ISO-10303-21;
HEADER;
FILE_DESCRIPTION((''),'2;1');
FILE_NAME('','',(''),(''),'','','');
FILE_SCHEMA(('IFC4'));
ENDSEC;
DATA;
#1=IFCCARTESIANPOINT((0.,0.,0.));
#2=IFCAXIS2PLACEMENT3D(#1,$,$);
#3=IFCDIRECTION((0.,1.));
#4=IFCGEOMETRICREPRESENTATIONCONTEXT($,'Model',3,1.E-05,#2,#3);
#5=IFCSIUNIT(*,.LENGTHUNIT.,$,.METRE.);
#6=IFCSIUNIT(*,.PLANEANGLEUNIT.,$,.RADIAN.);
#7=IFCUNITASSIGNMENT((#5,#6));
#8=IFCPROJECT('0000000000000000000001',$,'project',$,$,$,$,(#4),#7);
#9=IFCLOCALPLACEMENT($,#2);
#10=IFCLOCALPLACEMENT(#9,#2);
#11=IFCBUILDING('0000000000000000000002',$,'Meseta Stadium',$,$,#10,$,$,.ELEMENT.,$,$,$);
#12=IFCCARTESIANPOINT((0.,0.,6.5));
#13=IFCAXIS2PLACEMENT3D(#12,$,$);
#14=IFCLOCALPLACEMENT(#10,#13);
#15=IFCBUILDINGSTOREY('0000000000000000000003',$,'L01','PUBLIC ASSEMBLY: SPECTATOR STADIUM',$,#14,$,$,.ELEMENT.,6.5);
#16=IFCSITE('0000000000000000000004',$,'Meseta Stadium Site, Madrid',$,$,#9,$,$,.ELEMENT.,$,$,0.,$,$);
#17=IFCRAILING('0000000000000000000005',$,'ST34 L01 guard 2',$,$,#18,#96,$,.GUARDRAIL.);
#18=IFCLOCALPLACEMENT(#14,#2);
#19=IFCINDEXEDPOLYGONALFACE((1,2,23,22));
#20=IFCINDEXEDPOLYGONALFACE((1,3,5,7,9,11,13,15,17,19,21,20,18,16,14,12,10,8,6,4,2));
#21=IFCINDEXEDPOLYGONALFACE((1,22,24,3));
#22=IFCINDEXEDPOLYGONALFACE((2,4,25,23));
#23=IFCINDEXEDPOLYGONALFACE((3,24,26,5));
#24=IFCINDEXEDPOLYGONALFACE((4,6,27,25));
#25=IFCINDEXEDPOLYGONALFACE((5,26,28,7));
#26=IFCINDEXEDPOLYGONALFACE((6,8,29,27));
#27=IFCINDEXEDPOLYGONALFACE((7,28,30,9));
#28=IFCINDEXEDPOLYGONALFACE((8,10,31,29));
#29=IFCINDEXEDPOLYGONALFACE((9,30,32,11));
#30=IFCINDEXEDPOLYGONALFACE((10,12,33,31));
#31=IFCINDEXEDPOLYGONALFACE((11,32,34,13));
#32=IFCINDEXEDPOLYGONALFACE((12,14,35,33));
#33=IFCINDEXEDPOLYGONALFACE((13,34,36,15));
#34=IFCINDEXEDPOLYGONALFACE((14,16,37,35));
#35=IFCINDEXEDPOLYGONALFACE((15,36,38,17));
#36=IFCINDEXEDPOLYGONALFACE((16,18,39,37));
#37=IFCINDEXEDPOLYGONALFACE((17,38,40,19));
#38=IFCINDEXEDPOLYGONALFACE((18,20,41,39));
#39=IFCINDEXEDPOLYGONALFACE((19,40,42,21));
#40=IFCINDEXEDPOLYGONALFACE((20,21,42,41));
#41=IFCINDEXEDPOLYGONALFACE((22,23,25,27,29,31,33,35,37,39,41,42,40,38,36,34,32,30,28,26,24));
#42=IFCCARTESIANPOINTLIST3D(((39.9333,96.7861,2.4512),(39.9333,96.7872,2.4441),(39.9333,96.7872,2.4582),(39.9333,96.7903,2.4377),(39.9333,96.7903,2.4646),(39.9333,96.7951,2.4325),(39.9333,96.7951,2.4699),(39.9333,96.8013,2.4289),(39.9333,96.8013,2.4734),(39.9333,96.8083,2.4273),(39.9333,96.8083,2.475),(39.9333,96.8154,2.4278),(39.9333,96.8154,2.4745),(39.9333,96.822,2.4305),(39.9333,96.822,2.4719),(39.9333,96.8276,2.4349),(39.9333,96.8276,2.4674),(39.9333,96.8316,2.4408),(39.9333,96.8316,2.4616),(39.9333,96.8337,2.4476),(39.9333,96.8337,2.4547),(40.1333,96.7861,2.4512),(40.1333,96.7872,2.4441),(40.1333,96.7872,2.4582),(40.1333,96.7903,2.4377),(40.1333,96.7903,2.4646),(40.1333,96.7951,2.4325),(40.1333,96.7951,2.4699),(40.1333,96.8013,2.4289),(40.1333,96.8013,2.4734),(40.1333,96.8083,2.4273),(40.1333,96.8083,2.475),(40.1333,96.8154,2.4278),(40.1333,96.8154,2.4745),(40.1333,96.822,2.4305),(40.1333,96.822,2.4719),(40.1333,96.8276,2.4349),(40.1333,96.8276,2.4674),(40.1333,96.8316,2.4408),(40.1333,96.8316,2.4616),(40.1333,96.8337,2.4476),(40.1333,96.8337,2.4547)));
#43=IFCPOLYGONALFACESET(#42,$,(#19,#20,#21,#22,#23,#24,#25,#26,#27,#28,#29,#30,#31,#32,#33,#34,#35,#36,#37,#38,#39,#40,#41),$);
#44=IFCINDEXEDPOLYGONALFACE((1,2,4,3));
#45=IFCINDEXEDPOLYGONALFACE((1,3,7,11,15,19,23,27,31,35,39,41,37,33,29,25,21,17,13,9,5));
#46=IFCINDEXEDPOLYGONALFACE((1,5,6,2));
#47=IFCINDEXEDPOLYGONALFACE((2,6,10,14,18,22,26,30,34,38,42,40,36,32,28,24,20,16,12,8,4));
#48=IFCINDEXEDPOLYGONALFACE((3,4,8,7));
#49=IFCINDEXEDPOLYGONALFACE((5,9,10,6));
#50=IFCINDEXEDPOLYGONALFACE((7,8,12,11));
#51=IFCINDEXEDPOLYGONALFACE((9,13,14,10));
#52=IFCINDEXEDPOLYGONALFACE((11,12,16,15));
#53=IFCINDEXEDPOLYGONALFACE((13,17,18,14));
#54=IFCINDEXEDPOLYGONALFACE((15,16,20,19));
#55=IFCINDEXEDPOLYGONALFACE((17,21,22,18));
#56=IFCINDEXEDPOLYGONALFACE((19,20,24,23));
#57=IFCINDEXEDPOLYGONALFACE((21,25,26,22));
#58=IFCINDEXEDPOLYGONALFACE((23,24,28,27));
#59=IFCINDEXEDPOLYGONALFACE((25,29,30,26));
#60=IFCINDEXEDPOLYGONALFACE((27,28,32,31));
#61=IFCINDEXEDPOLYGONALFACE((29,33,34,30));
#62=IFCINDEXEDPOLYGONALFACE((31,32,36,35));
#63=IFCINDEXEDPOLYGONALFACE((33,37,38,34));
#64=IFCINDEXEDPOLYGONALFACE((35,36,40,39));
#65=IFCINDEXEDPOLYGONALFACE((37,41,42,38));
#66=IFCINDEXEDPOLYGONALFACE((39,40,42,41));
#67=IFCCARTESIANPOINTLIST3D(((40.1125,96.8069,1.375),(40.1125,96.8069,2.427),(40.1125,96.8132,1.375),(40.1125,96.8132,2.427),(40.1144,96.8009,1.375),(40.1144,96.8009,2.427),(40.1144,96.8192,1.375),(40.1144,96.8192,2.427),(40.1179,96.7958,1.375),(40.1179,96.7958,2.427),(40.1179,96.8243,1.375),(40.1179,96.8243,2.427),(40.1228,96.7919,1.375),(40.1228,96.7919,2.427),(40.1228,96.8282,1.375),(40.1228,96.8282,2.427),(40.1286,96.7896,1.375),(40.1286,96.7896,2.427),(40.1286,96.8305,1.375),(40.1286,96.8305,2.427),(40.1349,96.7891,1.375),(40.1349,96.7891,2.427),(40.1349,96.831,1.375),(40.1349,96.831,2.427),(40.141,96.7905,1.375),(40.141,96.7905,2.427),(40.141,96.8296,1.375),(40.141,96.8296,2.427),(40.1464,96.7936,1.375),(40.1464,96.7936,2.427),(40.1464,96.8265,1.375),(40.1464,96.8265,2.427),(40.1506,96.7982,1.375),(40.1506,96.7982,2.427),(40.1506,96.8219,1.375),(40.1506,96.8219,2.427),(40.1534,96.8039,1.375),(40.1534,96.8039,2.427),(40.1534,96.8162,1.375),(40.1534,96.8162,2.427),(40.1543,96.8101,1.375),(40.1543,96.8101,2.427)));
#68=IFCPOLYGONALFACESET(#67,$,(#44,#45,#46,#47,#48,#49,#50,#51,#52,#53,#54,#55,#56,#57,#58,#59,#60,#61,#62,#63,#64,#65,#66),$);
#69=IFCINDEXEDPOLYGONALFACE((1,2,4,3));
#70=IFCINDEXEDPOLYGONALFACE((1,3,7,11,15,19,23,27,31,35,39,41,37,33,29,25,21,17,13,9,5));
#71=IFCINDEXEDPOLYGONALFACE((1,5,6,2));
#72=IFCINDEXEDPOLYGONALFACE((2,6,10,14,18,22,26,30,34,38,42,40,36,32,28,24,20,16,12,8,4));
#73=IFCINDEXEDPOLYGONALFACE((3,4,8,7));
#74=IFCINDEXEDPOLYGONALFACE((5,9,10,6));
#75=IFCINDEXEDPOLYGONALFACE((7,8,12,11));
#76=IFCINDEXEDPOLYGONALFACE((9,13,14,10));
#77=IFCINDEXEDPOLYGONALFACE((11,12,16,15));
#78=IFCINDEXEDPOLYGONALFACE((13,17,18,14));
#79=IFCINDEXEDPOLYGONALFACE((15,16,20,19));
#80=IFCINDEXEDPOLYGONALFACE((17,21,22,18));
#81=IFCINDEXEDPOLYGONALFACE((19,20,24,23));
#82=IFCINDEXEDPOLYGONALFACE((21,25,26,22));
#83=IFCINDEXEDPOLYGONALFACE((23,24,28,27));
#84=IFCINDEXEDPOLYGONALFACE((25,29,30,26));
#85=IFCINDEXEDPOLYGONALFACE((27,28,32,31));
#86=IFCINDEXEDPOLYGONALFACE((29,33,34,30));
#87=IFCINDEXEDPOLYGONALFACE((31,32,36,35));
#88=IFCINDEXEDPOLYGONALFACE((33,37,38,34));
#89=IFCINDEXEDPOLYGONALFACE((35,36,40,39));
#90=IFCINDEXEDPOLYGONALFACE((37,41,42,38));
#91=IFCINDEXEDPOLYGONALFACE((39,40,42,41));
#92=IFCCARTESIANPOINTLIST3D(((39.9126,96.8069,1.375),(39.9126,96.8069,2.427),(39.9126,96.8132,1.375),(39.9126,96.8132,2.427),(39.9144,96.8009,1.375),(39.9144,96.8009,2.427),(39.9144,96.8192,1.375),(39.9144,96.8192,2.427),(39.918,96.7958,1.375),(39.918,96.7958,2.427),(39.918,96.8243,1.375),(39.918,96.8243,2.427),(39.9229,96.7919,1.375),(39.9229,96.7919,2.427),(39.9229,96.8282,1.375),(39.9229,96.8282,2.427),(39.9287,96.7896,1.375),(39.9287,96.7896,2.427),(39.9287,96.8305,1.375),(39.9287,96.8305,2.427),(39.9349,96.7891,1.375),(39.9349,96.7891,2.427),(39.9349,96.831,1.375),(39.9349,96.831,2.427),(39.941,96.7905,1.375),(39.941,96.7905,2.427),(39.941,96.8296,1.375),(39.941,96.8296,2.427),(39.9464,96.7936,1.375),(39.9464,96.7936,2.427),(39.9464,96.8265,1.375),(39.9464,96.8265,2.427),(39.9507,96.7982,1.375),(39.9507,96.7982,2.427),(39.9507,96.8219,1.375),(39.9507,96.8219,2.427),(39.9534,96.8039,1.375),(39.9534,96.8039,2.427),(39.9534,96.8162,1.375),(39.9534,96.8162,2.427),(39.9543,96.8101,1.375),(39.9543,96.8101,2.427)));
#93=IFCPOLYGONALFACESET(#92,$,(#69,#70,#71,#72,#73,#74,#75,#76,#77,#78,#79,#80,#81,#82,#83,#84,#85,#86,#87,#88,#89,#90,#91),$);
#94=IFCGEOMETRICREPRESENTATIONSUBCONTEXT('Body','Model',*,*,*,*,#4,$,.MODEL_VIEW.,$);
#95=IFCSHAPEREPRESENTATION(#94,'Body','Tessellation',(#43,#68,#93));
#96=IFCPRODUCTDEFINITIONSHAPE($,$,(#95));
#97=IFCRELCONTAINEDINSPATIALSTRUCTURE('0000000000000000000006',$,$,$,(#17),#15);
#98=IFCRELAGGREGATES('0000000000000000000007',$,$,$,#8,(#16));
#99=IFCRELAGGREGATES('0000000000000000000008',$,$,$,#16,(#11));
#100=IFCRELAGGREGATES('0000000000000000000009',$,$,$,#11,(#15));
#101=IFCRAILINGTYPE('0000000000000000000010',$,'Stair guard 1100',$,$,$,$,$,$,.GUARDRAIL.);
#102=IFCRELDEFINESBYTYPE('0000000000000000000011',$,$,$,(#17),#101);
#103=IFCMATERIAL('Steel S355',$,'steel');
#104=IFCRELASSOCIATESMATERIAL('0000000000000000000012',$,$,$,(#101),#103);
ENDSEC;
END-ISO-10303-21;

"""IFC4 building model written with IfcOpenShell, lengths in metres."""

from ifc_helpers import new_model, si_unit, direction, frame, origin, origin_2d, place, context, subcontext, project, spatial, circle, extrude, material, type_object, element, save


model = new_model("IFC4")

# Units and contexts
model_context = context("Model", 3, precision=1e-05, world=origin(), true_north=direction((0.0, 1.0)))
body_context = subcontext(model_context, "Body", "Model", "MODEL_VIEW")
ifc_project = project(units=[si_unit("LENGTHUNIT", "METRE"), si_unit("PLANEANGLEUNIT", "RADIAN")], contexts=[model_context])

# Site, building, storey
site_placement = place(None, origin())
site = spatial("IfcSite", under=ifc_project, at=site_placement, Name="Meseta Stadium Site, Madrid", CompositionType="ELEMENT", RefElevation=0.0)
building_placement = place(site_placement, origin())
building = spatial("IfcBuilding", under=site, at=building_placement, Name="Meseta Stadium", CompositionType="ELEMENT")
storey_placement = place(building_placement, frame((0.0, 0.0, 6.5)))
storey = spatial("IfcBuildingStorey", under=building, at=storey_placement, Name="L01", Description="PUBLIC ASSEMBLY: SPECTATOR STADIUM", CompositionType="ELEMENT", Elevation=6.5)

# Railing
ifc_material_1 = material(Name="Steel S355", Category="steel")
railing_type_1 = type_object("IfcRailingType", Name="Stair guard 1100", PredefinedType="GUARDRAIL", material=ifc_material_1)
railing_1_placement = place(storey_placement, frame((40.1333, 96.8101, 1.375)))
element("IfcRailing", 1, at=railing_1_placement, inside=storey, type_object=railing_type_1, Name="ST34 L01 guard 2", PredefinedType="GUARDRAIL", context=body_context, shape_type="SweptSolid", body=[
    extrude(circle(Radius=0.0239, at=origin_2d()), frame((0.0, 0.0, 1.0762), z_axis=(-1.0, 0.0, 0.0), x_axis=(0.0, -1.0, 0.0)), (0.0, 0.0, 1.0), 0.2),
    extrude(circle(Radius=0.021, at=origin_2d()), origin(), (0.0, 0.0, 1.0), 1.052),
    extrude(circle(Radius=0.021, at=origin_2d()), frame((-0.2, 0.0, 0.0)), (0.0, 0.0, 1.0), 1.052),
])

save(model, "model.ifc")
